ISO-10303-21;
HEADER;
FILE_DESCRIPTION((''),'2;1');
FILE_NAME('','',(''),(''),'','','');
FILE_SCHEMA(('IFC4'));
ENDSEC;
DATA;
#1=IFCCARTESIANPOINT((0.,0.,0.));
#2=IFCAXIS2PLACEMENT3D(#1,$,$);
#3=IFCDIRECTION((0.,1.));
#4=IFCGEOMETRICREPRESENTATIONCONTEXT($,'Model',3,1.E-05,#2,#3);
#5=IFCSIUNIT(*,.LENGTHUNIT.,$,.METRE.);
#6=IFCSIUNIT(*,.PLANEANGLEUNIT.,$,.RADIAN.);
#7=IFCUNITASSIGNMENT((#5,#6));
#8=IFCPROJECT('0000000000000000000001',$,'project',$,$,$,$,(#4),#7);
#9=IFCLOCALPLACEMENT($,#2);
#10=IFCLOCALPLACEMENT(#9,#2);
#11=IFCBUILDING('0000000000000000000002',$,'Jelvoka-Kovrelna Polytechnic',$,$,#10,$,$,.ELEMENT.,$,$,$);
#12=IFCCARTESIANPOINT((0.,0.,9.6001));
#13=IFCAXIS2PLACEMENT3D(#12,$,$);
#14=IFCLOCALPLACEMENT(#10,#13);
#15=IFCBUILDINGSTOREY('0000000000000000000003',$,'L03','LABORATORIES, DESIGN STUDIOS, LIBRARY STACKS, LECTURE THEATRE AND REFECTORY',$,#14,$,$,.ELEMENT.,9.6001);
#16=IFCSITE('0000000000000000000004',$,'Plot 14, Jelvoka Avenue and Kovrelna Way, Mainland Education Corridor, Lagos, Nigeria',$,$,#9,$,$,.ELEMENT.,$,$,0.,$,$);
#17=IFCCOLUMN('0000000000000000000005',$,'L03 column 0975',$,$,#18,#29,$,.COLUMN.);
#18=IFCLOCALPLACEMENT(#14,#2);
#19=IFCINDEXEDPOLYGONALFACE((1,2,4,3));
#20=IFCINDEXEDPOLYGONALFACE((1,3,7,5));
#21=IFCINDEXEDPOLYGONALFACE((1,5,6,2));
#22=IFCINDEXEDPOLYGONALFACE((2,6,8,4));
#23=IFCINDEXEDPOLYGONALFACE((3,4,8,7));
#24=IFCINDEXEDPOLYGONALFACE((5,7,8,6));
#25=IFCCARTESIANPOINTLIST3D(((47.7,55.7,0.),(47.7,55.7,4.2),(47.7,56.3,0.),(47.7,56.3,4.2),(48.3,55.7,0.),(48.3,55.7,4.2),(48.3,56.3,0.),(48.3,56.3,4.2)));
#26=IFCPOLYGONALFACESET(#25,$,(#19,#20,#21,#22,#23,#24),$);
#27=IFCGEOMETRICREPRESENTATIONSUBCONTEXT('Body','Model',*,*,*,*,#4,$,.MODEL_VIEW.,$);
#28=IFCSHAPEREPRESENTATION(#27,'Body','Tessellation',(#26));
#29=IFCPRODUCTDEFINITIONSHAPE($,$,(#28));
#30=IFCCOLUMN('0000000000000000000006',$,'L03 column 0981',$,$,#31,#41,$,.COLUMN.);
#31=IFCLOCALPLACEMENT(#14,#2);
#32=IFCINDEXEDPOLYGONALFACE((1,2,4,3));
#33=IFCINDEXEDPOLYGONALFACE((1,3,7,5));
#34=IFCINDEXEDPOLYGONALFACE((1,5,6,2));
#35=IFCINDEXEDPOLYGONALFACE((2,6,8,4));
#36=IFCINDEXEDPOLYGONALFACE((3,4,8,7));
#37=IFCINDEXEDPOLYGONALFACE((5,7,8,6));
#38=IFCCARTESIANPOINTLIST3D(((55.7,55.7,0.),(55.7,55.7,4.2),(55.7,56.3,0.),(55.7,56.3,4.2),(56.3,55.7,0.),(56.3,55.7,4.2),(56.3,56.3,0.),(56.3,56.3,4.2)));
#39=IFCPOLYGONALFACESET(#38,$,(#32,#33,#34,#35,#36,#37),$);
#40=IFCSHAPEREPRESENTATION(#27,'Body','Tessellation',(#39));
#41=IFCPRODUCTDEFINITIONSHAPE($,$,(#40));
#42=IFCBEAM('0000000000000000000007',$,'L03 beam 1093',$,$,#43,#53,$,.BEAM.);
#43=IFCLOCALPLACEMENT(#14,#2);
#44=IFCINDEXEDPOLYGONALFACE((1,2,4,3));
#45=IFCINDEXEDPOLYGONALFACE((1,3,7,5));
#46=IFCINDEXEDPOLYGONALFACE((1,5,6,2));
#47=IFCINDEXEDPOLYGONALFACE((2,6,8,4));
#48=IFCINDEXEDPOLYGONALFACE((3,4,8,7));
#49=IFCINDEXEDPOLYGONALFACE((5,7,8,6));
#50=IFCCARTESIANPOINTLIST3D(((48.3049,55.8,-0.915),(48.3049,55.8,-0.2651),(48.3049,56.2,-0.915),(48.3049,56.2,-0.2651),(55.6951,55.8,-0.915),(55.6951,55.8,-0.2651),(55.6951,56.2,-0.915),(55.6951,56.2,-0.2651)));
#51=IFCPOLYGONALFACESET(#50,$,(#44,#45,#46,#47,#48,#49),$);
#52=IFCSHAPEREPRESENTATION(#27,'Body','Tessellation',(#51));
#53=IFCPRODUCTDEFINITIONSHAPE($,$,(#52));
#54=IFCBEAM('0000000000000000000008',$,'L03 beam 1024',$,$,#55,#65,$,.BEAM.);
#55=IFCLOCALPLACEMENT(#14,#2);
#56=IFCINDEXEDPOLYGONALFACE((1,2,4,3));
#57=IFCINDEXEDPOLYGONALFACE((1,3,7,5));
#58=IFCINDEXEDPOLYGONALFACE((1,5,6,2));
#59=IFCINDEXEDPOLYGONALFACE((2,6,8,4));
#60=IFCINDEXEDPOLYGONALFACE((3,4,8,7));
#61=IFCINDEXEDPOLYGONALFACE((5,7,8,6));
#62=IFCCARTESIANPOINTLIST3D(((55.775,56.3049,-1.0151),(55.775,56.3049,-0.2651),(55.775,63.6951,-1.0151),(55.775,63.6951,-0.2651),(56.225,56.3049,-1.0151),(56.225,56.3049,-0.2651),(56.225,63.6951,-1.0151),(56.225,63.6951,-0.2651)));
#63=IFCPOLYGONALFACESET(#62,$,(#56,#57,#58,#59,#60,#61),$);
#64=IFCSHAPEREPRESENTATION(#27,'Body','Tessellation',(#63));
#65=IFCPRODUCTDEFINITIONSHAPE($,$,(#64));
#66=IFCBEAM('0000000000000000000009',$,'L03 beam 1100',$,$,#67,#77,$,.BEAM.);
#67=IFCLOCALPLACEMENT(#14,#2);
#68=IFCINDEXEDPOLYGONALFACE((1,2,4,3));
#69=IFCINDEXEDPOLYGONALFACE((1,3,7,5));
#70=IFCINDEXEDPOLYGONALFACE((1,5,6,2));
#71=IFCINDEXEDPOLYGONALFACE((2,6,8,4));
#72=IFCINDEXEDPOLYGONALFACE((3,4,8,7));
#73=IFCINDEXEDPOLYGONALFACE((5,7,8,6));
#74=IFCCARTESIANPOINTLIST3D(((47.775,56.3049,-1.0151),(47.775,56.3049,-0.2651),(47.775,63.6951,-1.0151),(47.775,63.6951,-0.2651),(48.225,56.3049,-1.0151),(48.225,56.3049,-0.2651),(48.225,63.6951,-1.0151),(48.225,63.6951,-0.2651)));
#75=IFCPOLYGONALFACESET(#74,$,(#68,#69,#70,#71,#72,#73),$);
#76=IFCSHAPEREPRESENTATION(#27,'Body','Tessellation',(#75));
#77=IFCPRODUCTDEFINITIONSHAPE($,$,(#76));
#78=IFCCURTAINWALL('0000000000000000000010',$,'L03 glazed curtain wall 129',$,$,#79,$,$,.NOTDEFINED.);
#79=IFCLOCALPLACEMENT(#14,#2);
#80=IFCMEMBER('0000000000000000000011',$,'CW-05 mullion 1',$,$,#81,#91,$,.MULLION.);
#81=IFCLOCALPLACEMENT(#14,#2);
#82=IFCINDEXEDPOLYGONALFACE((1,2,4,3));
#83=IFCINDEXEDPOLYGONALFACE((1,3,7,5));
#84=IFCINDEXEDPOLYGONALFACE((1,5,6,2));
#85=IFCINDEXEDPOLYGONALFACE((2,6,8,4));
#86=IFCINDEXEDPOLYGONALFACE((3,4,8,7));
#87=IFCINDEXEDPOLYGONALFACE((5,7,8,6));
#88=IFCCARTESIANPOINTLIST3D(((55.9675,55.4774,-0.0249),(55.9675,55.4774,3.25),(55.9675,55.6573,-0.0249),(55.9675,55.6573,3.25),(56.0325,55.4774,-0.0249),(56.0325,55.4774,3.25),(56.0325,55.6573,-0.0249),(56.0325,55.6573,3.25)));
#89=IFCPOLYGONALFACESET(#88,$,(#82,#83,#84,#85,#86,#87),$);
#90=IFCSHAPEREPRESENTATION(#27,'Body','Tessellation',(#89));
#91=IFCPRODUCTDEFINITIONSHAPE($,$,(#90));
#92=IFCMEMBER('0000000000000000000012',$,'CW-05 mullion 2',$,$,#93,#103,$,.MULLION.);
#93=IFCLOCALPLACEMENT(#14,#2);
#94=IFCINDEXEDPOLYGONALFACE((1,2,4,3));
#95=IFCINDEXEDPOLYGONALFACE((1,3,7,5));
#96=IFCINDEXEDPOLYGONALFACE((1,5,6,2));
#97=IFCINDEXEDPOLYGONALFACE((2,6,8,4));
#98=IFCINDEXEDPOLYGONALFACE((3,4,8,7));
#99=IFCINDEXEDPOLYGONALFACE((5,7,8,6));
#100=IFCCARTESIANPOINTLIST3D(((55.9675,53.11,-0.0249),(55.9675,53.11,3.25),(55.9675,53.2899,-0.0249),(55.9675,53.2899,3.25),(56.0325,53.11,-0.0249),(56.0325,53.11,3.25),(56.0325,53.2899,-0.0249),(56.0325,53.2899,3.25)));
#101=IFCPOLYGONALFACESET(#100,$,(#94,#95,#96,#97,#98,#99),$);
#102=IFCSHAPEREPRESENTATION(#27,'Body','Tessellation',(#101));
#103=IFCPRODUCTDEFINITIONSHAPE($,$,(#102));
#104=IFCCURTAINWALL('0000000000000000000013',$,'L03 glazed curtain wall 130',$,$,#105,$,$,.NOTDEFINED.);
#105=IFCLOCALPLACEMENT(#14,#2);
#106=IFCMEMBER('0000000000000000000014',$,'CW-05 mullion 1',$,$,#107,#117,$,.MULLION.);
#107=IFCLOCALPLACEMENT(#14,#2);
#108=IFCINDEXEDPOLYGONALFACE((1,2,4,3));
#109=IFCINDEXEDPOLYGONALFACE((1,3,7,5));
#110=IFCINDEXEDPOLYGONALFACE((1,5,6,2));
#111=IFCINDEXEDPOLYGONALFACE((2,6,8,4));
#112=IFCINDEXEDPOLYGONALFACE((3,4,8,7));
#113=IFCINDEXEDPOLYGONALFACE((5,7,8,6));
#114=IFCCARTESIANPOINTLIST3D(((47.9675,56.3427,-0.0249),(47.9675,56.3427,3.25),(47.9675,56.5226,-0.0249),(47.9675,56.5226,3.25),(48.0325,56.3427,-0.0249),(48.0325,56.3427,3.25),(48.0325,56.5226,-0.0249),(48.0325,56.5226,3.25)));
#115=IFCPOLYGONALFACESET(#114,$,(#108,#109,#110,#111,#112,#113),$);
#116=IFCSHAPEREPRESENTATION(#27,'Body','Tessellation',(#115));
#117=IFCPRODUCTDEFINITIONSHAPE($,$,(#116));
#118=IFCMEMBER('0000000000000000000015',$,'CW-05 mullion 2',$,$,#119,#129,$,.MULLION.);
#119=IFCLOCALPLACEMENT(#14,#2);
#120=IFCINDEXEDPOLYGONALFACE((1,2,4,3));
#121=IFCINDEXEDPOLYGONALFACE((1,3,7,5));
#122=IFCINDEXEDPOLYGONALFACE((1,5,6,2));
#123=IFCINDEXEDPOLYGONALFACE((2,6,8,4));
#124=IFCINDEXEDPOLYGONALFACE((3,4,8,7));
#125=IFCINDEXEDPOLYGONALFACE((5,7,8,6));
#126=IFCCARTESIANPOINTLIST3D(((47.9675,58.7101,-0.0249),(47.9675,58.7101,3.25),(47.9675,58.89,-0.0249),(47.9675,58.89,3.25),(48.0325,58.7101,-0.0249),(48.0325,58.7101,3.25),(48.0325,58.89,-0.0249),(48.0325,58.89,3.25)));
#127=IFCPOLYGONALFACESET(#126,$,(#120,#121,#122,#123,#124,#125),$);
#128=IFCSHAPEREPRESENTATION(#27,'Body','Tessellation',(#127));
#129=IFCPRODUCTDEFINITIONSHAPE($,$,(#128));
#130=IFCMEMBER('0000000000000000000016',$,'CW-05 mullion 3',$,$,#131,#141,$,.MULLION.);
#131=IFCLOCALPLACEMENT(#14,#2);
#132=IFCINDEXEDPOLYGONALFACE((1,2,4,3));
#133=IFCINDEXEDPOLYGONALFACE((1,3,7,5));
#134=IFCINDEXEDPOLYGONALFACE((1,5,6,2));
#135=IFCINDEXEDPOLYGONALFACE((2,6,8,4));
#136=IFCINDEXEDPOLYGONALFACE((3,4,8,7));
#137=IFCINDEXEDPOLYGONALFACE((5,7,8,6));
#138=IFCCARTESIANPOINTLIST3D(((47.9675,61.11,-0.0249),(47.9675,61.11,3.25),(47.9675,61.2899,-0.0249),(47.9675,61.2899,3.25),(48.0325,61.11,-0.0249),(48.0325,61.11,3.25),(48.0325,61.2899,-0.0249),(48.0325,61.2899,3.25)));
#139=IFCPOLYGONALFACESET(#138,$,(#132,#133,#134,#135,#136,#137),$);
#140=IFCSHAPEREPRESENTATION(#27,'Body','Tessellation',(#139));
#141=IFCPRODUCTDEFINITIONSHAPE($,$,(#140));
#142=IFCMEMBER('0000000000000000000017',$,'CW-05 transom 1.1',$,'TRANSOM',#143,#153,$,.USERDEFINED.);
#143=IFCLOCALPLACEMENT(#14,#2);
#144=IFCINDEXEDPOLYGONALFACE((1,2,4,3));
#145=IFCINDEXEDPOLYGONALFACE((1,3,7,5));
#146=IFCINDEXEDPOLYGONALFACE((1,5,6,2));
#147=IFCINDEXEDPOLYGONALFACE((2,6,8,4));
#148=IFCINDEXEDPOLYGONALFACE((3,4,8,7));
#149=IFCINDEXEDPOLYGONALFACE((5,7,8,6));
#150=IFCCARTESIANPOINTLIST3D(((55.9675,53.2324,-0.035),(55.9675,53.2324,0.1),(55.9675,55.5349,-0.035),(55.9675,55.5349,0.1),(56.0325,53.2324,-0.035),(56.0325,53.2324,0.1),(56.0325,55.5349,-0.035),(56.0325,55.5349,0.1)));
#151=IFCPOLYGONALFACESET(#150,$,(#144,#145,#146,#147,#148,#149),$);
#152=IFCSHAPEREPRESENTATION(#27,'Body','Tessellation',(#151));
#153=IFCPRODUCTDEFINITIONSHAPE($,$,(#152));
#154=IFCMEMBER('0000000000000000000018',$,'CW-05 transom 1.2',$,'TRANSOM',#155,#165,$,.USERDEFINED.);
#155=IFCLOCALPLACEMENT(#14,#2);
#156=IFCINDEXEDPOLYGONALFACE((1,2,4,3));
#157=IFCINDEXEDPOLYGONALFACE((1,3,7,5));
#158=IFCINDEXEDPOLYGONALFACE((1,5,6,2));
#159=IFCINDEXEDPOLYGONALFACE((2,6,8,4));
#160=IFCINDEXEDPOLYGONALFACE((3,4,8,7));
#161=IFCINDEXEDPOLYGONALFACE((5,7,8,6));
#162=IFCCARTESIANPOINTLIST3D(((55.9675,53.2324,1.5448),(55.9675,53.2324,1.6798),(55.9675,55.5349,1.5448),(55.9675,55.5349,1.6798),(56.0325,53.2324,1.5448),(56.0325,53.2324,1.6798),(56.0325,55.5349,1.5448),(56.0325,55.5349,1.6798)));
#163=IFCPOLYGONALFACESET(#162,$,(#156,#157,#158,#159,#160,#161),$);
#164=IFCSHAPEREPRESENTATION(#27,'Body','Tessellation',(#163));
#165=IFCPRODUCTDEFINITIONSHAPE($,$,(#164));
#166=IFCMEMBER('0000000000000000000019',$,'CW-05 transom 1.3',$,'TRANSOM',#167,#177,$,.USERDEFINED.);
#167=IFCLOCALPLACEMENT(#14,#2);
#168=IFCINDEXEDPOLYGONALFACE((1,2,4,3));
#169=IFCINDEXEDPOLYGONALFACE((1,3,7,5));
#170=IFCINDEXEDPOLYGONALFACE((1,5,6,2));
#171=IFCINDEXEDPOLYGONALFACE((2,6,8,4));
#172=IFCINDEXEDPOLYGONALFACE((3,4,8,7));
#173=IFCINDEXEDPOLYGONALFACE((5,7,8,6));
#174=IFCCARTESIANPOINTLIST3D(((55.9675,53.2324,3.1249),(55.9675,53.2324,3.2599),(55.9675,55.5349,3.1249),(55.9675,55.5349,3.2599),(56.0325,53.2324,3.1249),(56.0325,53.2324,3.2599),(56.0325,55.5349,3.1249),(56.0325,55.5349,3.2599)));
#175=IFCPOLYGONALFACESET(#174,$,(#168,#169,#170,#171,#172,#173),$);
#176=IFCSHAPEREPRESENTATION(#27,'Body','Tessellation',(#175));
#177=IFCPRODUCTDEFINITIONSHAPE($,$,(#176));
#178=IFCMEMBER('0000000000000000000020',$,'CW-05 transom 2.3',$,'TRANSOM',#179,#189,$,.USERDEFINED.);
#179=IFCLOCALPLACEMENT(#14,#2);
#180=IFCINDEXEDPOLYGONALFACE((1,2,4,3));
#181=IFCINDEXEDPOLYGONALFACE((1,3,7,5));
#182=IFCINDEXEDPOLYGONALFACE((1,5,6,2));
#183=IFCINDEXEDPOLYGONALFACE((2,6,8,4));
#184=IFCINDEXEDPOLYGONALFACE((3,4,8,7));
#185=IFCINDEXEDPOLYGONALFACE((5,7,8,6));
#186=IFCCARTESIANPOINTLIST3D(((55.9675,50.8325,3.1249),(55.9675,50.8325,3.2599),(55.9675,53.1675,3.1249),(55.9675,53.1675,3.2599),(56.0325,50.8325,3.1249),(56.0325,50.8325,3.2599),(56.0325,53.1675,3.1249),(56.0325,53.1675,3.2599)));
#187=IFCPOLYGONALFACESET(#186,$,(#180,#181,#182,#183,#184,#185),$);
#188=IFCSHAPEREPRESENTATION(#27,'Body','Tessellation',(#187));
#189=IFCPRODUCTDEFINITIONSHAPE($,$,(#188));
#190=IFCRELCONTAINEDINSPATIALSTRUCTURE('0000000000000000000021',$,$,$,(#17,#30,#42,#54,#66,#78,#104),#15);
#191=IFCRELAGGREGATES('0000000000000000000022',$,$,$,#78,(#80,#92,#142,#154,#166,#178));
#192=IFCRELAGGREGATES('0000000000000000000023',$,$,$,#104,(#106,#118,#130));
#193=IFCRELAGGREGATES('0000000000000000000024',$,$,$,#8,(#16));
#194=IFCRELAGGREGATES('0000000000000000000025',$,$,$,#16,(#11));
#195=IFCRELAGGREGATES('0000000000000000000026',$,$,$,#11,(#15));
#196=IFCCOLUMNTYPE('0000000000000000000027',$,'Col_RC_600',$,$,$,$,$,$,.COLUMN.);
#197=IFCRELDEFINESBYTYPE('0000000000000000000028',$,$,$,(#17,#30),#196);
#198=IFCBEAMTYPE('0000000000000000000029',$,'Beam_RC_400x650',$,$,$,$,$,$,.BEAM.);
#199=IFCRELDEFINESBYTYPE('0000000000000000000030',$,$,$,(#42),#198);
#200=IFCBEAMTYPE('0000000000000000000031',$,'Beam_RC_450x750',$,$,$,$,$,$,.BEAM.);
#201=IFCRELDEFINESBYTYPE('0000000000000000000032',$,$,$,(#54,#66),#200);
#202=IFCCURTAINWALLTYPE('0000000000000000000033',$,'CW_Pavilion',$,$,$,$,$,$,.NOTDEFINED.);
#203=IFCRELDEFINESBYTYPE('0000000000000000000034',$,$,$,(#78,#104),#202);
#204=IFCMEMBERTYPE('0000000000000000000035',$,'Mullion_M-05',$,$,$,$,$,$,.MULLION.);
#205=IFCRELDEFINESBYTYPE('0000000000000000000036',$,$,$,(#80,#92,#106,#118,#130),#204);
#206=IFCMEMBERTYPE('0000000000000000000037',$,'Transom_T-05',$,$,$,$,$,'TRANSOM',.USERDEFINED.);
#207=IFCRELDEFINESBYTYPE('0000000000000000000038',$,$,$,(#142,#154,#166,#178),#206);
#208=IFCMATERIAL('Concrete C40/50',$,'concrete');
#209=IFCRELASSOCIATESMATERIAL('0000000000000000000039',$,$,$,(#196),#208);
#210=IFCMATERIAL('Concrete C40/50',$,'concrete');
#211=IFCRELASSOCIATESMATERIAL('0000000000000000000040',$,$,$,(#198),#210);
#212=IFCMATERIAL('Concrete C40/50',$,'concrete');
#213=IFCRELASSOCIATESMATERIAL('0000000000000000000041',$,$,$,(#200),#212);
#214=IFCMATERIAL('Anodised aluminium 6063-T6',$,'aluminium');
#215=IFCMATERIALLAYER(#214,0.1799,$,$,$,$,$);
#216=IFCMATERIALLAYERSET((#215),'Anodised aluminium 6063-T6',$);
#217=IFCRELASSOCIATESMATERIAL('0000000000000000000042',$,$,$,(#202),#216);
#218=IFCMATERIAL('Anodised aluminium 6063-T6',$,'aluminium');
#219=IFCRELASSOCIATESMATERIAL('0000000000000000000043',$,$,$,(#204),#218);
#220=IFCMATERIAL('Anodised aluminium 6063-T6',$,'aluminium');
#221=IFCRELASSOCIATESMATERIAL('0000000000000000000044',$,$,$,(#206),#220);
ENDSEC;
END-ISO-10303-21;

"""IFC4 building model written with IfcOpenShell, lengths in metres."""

from ifc_helpers import new_model, si_unit, direction, frame, origin, origin_2d, place, context, subcontext, project, spatial, rectangle, extrude, material, layer, layer_set, material_profile, profile_set, type_object, element, aggregate, save


model = new_model("IFC4")

# Units and contexts
model_context = context("Model", 3, precision=1e-05, world=origin(), true_north=direction((0.0, 1.0)))
body_context = subcontext(model_context, "Body", "Model", "MODEL_VIEW")
ifc_project = project(units=[si_unit("LENGTHUNIT", "METRE"), si_unit("PLANEANGLEUNIT", "RADIAN")], contexts=[model_context])

# Site, building, storey
site_placement = place(None, origin())
site = spatial("IfcSite", under=ifc_project, at=site_placement, Name="Plot 14, Jelvoka Avenue and Kovrelna Way, Mainland Education Corridor, Lagos, Nigeria", CompositionType="ELEMENT", RefElevation=0.0)
building_placement = place(site_placement, origin())
building = spatial("IfcBuilding", under=site, at=building_placement, Name="Jelvoka-Kovrelna Polytechnic", CompositionType="ELEMENT")
storey_placement = place(building_placement, frame((0.0, 0.0, 9.6001)))
storey = spatial("IfcBuildingStorey", under=building, at=storey_placement, Name="L03", Description="LABORATORIES, DESIGN STUDIOS, LIBRARY STACKS, LECTURE THEATRE AND REFECTORY", CompositionType="ELEMENT", Elevation=9.6001)

# Columns
ifc_material_1 = material(Name="Concrete C40/50", Category="concrete")
ifc_material_profile_1 = material_profile(ifc_material_1, rectangle(XDim=0.6001, YDim=0.6001, at=origin_2d()), Name="RC 600x600")
ifc_profile_set_1 = profile_set([ifc_material_profile_1], Name="Concrete C40/50")
column_type = type_object("IfcColumnType", Name="Col_RC_600", PredefinedType="COLUMN", material=ifc_profile_set_1)
for number, where, z_axis, x_axis, name in (
    (1, (48.0, 56.0, 0.0), (0.0, 0.0, 1.0), (1.0, 0.0, 0.0), "L03 column 0975"),
    (2, (56.0, 56.0, 0.0), (0.0, 0.0, 1.0), (1.0, 0.0, 0.0), "L03 column 0981"),
):
    element("IfcColumn", number, at=place(storey_placement, frame(where, z_axis=z_axis, x_axis=x_axis)), inside=storey, type_object=column_type, Name=name, PredefinedType="COLUMN", context=body_context, shape_type="SweptSolid", body=[
        extrude(rectangle(XDim=0.6001, YDim=0.6001, at=origin_2d()), origin(), (0.0, 0.0, 1.0), 4.2),
    ])

# Beams
ifc_material_2 = material(Name="Concrete C40/50", Category="concrete")
ifc_material_profile_2 = material_profile(ifc_material_2, rectangle(XDim=0.3999, YDim=0.6499, at=origin_2d()), Name="RC 400x650")
ifc_profile_set_2 = profile_set([ifc_material_profile_2], Name="Concrete C40/50")
beam_type_1 = type_object("IfcBeamType", Name="Beam_RC_400x650", PredefinedType="BEAM", material=ifc_profile_set_2)
beam_placement = place(storey_placement, frame((48.3049, 56.0, -0.5901), z_axis=(1.0, 0.0, 0.0), x_axis=(0.0, 1.0, 0.0)))
element("IfcBeam", 3, at=beam_placement, inside=storey, type_object=beam_type_1, Name="L03 beam 1093", PredefinedType="BEAM", context=body_context, shape_type="SweptSolid", body=[
    extrude(rectangle(XDim=0.3999, YDim=0.6499, at=origin_2d()), origin(), (0.0, 0.0, 1.0), 7.3901),
])
ifc_material_3 = material(Name="Concrete C40/50", Category="concrete")
ifc_material_profile_3 = material_profile(ifc_material_3, rectangle(XDim=0.45, YDim=0.75, at=origin_2d()), Name="RC 450x750")
ifc_profile_set_3 = profile_set([ifc_material_profile_3], Name="Concrete C40/50")
beam_type_2 = type_object("IfcBeamType", Name="Beam_RC_450x750", PredefinedType="BEAM", material=ifc_profile_set_3)
for number, where, z_axis, x_axis, name in (
    (4, (56.0, 56.3049, -0.6401), (0.0, 1.0, 0.0), (-1.0, 0.0, 0.0), "L03 beam 1024"),
    (5, (48.0, 56.3049, -0.6401), (0.0, 1.0, 0.0), (-1.0, 0.0, 0.0), "L03 beam 1100"),
):
    element("IfcBeam", number, at=place(storey_placement, frame(where, z_axis=z_axis, x_axis=x_axis)), inside=storey, type_object=beam_type_2, Name=name, PredefinedType="BEAM", context=body_context, shape_type="SweptSolid", body=[
        extrude(rectangle(XDim=0.45, YDim=0.75, at=origin_2d()), origin(), (0.0, 0.0, 1.0), 7.3901),
    ])

# Curtain walls, members
ifc_material_4 = material(Name="Anodised aluminium 6063-T6", Category="aluminium")
ifc_layer_1 = layer(ifc_material_4, 0.1799)
ifc_layer_set_1 = layer_set([ifc_layer_1], Name="Anodised aluminium 6063-T6")
curtain_wall_type = type_object("IfcCurtainWallType", Name="CW_Pavilion", PredefinedType="NOTDEFINED", material=ifc_layer_set_1)
curtain_wall_1_placement = place(storey_placement, origin())
curtain_wall_1 = element("IfcCurtainWall", 6, at=curtain_wall_1_placement, inside=storey, type_object=curtain_wall_type, Name="L03 glazed curtain wall 129", PredefinedType="NOTDEFINED")
ifc_material_5 = material(Name="Anodised aluminium 6063-T6", Category="aluminium")
ifc_material_profile_4 = material_profile(ifc_material_5, rectangle(XDim=0.0649, YDim=0.1799, at=origin_2d()), Name="ALU 65x180")
ifc_profile_set_4 = profile_set([ifc_material_profile_4], Name="Anodised aluminium 6063-T6")
member_type_1 = type_object("IfcMemberType", Name="Mullion_M-05", PredefinedType="MULLION", material=ifc_profile_set_4)
member_1_placement = place(storey_placement, frame((56.0, 55.5674, -0.0249), z_axis=(0.0, 0.0, 1.0), x_axis=(1.0, 0.0, 0.0)))
member_1 = element("IfcMember", 7, at=member_1_placement, type_object=member_type_1, Name="CW-05 mullion 1", PredefinedType="MULLION", context=body_context, shape_type="SweptSolid", body=[
    extrude(rectangle(XDim=0.0649, YDim=0.1799, at=origin_2d()), origin(), (0.0, 0.0, 1.0), 3.2749),
])
member_2_placement = place(storey_placement, frame((56.0, 53.2, -0.0249), z_axis=(0.0, 0.0, 1.0), x_axis=(1.0, 0.0, 0.0)))
member_2 = element("IfcMember", 8, at=member_2_placement, type_object=member_type_1, Name="CW-05 mullion 2", PredefinedType="MULLION", context=body_context, shape_type="SweptSolid", body=[
    extrude(rectangle(XDim=0.0649, YDim=0.1799, at=origin_2d()), origin(), (0.0, 0.0, 1.0), 3.2749),
])
curtain_wall_2_placement = place(storey_placement, origin())
curtain_wall_2 = element("IfcCurtainWall", 9, at=curtain_wall_2_placement, inside=storey, type_object=curtain_wall_type, Name="L03 glazed curtain wall 130", PredefinedType="NOTDEFINED")
member_3_placement = place(storey_placement, frame((48.0, 56.4326, -0.0249), z_axis=(0.0, 0.0, 1.0), x_axis=(-1.0, 0.0, 0.0)))
member_3 = element("IfcMember", 10, at=member_3_placement, type_object=member_type_1, Name="CW-05 mullion 1", PredefinedType="MULLION", context=body_context, shape_type="SweptSolid", body=[
    extrude(rectangle(XDim=0.0649, YDim=0.1799, at=origin_2d()), origin(), (0.0, 0.0, 1.0), 3.2749),
])
member_4_placement = place(storey_placement, frame((48.0, 58.8, -0.0249), z_axis=(0.0, 0.0, 1.0), x_axis=(-1.0, 0.0, 0.0)))
member_4 = element("IfcMember", 11, at=member_4_placement, type_object=member_type_1, Name="CW-05 mullion 2", PredefinedType="MULLION", context=body_context, shape_type="SweptSolid", body=[
    extrude(rectangle(XDim=0.0649, YDim=0.1799, at=origin_2d()), origin(), (0.0, 0.0, 1.0), 3.2749),
])
member_5_placement = place(storey_placement, frame((48.0, 61.2, -0.0249), z_axis=(0.0, 0.0, 1.0), x_axis=(-1.0, 0.0, 0.0)))
member_5 = element("IfcMember", 12, at=member_5_placement, type_object=member_type_1, Name="CW-05 mullion 3", PredefinedType="MULLION", context=body_context, shape_type="SweptSolid", body=[
    extrude(rectangle(XDim=0.0649, YDim=0.1799, at=origin_2d()), origin(), (0.0, 0.0, 1.0), 3.2749),
])

# Members
ifc_material_6 = material(Name="Anodised aluminium 6063-T6", Category="aluminium")
ifc_material_profile_5 = material_profile(ifc_material_6, rectangle(XDim=0.0649, YDim=0.135, at=origin_2d()), Name="ALU 65x135")
ifc_profile_set_5 = profile_set([ifc_material_profile_5], Name="Anodised aluminium 6063-T6")
member_type_2 = type_object("IfcMemberType", Name="Transom_T-05", ElementType="TRANSOM", PredefinedType="USERDEFINED", material=ifc_profile_set_5)
member_6_placement = place(storey_placement, frame((56.0, 55.5349, 0.0325), z_axis=(0.0, -1.0, 0.0), x_axis=(1.0, 0.0, 0.0)))
member_6 = element("IfcMember", 13, at=member_6_placement, type_object=member_type_2, Name="CW-05 transom 1.1", ObjectType="TRANSOM", PredefinedType="USERDEFINED", context=body_context, shape_type="SweptSolid", body=[
    extrude(rectangle(XDim=0.0649, YDim=0.135, at=origin_2d()), origin(), (0.0, 0.0, 1.0), 2.3025),
])
member_7_placement = place(storey_placement, frame((56.0, 55.5349, 1.6123), z_axis=(0.0, -1.0, 0.0), x_axis=(1.0, 0.0, 0.0)))
member_7 = element("IfcMember", 14, at=member_7_placement, type_object=member_type_2, Name="CW-05 transom 1.2", ObjectType="TRANSOM", PredefinedType="USERDEFINED", context=body_context, shape_type="SweptSolid", body=[
    extrude(rectangle(XDim=0.0649, YDim=0.135, at=origin_2d()), origin(), (0.0, 0.0, 1.0), 2.3025),
])
member_8_placement = place(storey_placement, frame((56.0, 55.5349, 3.1924), z_axis=(0.0, -1.0, 0.0), x_axis=(1.0, 0.0, 0.0)))
member_8 = element("IfcMember", 15, at=member_8_placement, type_object=member_type_2, Name="CW-05 transom 1.3", ObjectType="TRANSOM", PredefinedType="USERDEFINED", context=body_context, shape_type="SweptSolid", body=[
    extrude(rectangle(XDim=0.0649, YDim=0.135, at=origin_2d()), origin(), (0.0, 0.0, 1.0), 2.3025),
])
member_9_placement = place(storey_placement, frame((56.0, 53.1675, 3.1924), z_axis=(0.0, -1.0, 0.0), x_axis=(1.0, 0.0, 0.0)))
member_9 = element("IfcMember", 16, at=member_9_placement, type_object=member_type_2, Name="CW-05 transom 2.3", ObjectType="TRANSOM", PredefinedType="USERDEFINED", context=body_context, shape_type="SweptSolid", body=[
    extrude(rectangle(XDim=0.0649, YDim=0.135, at=origin_2d()), origin(), (0.0, 0.0, 1.0), 2.335),
])

aggregate(curtain_wall_1, [member_1, member_2, member_6, member_7, member_8, member_9])
aggregate(curtain_wall_2, [member_3, member_4, member_5])

save(model, "model.ifc")
